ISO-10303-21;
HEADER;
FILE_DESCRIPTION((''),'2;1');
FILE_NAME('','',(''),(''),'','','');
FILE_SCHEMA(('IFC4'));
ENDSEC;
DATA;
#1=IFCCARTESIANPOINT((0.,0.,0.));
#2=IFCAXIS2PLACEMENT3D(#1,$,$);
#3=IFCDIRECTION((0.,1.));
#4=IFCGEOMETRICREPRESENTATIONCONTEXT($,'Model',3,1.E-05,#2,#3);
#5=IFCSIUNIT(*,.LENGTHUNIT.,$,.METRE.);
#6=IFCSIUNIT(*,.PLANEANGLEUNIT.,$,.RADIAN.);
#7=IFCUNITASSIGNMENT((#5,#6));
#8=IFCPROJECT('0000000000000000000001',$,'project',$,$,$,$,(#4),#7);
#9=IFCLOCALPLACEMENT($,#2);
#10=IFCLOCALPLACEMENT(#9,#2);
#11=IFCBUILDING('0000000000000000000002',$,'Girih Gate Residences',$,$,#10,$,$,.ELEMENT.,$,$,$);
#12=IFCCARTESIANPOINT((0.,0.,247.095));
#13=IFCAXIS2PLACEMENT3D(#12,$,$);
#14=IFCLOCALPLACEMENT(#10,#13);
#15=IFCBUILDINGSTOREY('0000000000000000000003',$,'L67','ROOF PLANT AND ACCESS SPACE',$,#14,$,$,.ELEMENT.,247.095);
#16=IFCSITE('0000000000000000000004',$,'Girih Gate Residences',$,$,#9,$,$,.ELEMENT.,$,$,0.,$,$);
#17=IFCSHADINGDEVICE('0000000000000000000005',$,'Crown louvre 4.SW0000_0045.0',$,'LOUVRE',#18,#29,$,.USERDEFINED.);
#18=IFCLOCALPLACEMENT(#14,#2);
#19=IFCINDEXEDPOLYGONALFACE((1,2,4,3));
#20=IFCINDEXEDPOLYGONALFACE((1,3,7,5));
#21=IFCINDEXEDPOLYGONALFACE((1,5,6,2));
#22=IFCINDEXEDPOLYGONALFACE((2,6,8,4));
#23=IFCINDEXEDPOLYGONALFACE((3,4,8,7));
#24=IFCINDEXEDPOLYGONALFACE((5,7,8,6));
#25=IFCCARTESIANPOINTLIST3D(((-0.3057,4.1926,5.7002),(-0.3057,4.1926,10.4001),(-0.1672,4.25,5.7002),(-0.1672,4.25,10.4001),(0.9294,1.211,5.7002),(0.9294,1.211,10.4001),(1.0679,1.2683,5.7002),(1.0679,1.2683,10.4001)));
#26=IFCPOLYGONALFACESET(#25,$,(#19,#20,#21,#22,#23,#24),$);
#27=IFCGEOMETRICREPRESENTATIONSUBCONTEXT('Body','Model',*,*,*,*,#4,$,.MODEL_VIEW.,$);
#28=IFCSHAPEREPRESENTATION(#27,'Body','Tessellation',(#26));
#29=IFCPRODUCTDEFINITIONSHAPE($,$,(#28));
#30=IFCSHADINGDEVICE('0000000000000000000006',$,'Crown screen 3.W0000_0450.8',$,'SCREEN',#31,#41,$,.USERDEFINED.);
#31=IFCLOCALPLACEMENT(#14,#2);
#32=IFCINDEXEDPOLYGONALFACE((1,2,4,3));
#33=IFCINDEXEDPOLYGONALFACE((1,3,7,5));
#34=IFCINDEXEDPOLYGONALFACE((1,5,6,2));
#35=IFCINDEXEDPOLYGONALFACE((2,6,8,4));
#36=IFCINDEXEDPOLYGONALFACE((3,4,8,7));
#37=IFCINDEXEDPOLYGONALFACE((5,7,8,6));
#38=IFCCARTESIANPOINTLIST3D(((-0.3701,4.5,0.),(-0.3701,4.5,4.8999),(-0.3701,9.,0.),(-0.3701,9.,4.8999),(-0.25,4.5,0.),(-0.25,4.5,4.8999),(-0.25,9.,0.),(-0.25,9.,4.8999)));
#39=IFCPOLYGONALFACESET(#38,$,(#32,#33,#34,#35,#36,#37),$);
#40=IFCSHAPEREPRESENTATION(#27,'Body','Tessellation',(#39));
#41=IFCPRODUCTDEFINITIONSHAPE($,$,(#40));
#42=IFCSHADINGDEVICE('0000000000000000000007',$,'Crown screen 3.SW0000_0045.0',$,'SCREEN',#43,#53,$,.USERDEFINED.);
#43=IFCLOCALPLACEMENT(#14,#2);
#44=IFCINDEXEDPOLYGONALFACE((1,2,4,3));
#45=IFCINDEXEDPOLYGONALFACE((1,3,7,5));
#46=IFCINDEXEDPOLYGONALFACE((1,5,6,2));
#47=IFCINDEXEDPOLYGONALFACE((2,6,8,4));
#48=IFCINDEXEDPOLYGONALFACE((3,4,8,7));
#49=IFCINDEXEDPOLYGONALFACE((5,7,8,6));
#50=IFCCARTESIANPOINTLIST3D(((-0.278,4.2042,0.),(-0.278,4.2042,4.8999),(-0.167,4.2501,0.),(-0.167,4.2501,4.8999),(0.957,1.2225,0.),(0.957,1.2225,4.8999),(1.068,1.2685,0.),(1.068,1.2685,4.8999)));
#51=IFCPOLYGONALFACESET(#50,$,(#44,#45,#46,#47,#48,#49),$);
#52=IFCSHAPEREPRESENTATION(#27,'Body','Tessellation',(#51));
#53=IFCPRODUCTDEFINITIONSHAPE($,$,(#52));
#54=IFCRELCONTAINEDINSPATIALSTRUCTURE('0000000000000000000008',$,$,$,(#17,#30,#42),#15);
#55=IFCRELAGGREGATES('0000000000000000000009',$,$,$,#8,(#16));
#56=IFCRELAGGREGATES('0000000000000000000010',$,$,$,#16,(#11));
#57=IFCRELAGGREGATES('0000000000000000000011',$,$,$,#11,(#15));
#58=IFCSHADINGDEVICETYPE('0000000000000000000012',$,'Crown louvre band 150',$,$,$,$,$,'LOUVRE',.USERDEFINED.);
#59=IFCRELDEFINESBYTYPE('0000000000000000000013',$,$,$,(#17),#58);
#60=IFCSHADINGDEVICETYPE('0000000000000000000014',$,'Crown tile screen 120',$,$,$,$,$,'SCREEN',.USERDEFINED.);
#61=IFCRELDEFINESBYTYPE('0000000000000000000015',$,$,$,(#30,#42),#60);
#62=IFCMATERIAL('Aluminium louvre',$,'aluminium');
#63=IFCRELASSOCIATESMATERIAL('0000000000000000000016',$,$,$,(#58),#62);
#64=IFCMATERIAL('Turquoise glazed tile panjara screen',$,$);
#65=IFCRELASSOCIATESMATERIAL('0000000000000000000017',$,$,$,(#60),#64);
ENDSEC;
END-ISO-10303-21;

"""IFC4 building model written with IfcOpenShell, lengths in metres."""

from ifc_helpers import new_model, si_unit, direction, frame, origin, origin_2d, place, context, subcontext, project, spatial, rectangle, extrude, material, type_object, element, save


model = new_model("IFC4")

# Units and contexts
model_context = context("Model", 3, precision=1e-05, world=origin(), true_north=direction((0.0, 1.0)))
body_context = subcontext(model_context, "Body", "Model", "MODEL_VIEW")
ifc_project = project(units=[si_unit("LENGTHUNIT", "METRE"), si_unit("PLANEANGLEUNIT", "RADIAN")], contexts=[model_context])

# Site, building, storey
site_placement = place(None, origin())
site = spatial("IfcSite", under=ifc_project, at=site_placement, Name="Girih Gate Residences", CompositionType="ELEMENT", RefElevation=0.0)
building_placement = place(site_placement, origin())
building = spatial("IfcBuilding", under=site, at=building_placement, Name="Girih Gate Residences", CompositionType="ELEMENT")
storey_placement = place(building_placement, frame((0.0, 0.0, 247.095)))
storey = spatial("IfcBuildingStorey", under=building, at=storey_placement, Name="L67", Description="ROOF PLANT AND ACCESS SPACE", CompositionType="ELEMENT", Elevation=247.095)

# Shading devices
ifc_material_1 = material(Name="Aluminium louvre", Category="aluminium")
shading_device_type_1 = type_object("IfcShadingDeviceType", Name="Crown louvre band 150", ElementType="LOUVRE", PredefinedType="USERDEFINED", material=ifc_material_1)
shading_device_1_placement = place(storey_placement, frame((0.3811, 2.7305, 5.7002), z_axis=(0.0, 0.0, 1.0), x_axis=(0.382683, -0.92388, 0.0)))
element("IfcShadingDevice", 1, at=shading_device_1_placement, inside=storey, type_object=shading_device_type_1, Name="Crown louvre 4.SW0000_0045.0", ObjectType="LOUVRE", PredefinedType="USERDEFINED", context=body_context, shape_type="SweptSolid", body=[
    extrude(rectangle(XDim=3.2273, YDim=0.1499, at=origin_2d()), origin(), (0.0, 0.0, 1.0), 4.7),
])
ifc_material_2 = material(Name="Turquoise glazed tile panjara screen")
shading_device_type_2 = type_object("IfcShadingDeviceType", Name="Crown tile screen 120", ElementType="SCREEN", PredefinedType="USERDEFINED", material=ifc_material_2)
shading_device_2_placement = place(storey_placement, frame((-0.3101, 6.75, 0.0), z_axis=(0.0, 0.0, 1.0), x_axis=(0.0, -1.0, 0.0)))
element("IfcShadingDevice", 2, at=shading_device_2_placement, inside=storey, type_object=shading_device_type_2, Name="Crown screen 3.W0000_0450.8", ObjectType="SCREEN", PredefinedType="USERDEFINED", context=body_context, shape_type="SweptSolid", body=[
    extrude(rectangle(XDim=4.5, YDim=0.1201, at=origin_2d()), origin(), (0.0, 0.0, 1.0), 4.8999),
])
shading_device_3_placement = place(storey_placement, frame((0.395, 2.7363, 0.0), z_axis=(0.0, 0.0, 1.0), x_axis=(0.382683, -0.92388, 0.0)))
element("IfcShadingDevice", 3, at=shading_device_3_placement, inside=storey, type_object=shading_device_type_2, Name="Crown screen 3.SW0000_0045.0", ObjectType="SCREEN", PredefinedType="USERDEFINED", context=body_context, shape_type="SweptSolid", body=[
    extrude(rectangle(XDim=3.2273, YDim=0.1201, at=origin_2d()), origin(), (0.0, 0.0, 1.0), 4.8999),
])

save(model, "model.ifc")
